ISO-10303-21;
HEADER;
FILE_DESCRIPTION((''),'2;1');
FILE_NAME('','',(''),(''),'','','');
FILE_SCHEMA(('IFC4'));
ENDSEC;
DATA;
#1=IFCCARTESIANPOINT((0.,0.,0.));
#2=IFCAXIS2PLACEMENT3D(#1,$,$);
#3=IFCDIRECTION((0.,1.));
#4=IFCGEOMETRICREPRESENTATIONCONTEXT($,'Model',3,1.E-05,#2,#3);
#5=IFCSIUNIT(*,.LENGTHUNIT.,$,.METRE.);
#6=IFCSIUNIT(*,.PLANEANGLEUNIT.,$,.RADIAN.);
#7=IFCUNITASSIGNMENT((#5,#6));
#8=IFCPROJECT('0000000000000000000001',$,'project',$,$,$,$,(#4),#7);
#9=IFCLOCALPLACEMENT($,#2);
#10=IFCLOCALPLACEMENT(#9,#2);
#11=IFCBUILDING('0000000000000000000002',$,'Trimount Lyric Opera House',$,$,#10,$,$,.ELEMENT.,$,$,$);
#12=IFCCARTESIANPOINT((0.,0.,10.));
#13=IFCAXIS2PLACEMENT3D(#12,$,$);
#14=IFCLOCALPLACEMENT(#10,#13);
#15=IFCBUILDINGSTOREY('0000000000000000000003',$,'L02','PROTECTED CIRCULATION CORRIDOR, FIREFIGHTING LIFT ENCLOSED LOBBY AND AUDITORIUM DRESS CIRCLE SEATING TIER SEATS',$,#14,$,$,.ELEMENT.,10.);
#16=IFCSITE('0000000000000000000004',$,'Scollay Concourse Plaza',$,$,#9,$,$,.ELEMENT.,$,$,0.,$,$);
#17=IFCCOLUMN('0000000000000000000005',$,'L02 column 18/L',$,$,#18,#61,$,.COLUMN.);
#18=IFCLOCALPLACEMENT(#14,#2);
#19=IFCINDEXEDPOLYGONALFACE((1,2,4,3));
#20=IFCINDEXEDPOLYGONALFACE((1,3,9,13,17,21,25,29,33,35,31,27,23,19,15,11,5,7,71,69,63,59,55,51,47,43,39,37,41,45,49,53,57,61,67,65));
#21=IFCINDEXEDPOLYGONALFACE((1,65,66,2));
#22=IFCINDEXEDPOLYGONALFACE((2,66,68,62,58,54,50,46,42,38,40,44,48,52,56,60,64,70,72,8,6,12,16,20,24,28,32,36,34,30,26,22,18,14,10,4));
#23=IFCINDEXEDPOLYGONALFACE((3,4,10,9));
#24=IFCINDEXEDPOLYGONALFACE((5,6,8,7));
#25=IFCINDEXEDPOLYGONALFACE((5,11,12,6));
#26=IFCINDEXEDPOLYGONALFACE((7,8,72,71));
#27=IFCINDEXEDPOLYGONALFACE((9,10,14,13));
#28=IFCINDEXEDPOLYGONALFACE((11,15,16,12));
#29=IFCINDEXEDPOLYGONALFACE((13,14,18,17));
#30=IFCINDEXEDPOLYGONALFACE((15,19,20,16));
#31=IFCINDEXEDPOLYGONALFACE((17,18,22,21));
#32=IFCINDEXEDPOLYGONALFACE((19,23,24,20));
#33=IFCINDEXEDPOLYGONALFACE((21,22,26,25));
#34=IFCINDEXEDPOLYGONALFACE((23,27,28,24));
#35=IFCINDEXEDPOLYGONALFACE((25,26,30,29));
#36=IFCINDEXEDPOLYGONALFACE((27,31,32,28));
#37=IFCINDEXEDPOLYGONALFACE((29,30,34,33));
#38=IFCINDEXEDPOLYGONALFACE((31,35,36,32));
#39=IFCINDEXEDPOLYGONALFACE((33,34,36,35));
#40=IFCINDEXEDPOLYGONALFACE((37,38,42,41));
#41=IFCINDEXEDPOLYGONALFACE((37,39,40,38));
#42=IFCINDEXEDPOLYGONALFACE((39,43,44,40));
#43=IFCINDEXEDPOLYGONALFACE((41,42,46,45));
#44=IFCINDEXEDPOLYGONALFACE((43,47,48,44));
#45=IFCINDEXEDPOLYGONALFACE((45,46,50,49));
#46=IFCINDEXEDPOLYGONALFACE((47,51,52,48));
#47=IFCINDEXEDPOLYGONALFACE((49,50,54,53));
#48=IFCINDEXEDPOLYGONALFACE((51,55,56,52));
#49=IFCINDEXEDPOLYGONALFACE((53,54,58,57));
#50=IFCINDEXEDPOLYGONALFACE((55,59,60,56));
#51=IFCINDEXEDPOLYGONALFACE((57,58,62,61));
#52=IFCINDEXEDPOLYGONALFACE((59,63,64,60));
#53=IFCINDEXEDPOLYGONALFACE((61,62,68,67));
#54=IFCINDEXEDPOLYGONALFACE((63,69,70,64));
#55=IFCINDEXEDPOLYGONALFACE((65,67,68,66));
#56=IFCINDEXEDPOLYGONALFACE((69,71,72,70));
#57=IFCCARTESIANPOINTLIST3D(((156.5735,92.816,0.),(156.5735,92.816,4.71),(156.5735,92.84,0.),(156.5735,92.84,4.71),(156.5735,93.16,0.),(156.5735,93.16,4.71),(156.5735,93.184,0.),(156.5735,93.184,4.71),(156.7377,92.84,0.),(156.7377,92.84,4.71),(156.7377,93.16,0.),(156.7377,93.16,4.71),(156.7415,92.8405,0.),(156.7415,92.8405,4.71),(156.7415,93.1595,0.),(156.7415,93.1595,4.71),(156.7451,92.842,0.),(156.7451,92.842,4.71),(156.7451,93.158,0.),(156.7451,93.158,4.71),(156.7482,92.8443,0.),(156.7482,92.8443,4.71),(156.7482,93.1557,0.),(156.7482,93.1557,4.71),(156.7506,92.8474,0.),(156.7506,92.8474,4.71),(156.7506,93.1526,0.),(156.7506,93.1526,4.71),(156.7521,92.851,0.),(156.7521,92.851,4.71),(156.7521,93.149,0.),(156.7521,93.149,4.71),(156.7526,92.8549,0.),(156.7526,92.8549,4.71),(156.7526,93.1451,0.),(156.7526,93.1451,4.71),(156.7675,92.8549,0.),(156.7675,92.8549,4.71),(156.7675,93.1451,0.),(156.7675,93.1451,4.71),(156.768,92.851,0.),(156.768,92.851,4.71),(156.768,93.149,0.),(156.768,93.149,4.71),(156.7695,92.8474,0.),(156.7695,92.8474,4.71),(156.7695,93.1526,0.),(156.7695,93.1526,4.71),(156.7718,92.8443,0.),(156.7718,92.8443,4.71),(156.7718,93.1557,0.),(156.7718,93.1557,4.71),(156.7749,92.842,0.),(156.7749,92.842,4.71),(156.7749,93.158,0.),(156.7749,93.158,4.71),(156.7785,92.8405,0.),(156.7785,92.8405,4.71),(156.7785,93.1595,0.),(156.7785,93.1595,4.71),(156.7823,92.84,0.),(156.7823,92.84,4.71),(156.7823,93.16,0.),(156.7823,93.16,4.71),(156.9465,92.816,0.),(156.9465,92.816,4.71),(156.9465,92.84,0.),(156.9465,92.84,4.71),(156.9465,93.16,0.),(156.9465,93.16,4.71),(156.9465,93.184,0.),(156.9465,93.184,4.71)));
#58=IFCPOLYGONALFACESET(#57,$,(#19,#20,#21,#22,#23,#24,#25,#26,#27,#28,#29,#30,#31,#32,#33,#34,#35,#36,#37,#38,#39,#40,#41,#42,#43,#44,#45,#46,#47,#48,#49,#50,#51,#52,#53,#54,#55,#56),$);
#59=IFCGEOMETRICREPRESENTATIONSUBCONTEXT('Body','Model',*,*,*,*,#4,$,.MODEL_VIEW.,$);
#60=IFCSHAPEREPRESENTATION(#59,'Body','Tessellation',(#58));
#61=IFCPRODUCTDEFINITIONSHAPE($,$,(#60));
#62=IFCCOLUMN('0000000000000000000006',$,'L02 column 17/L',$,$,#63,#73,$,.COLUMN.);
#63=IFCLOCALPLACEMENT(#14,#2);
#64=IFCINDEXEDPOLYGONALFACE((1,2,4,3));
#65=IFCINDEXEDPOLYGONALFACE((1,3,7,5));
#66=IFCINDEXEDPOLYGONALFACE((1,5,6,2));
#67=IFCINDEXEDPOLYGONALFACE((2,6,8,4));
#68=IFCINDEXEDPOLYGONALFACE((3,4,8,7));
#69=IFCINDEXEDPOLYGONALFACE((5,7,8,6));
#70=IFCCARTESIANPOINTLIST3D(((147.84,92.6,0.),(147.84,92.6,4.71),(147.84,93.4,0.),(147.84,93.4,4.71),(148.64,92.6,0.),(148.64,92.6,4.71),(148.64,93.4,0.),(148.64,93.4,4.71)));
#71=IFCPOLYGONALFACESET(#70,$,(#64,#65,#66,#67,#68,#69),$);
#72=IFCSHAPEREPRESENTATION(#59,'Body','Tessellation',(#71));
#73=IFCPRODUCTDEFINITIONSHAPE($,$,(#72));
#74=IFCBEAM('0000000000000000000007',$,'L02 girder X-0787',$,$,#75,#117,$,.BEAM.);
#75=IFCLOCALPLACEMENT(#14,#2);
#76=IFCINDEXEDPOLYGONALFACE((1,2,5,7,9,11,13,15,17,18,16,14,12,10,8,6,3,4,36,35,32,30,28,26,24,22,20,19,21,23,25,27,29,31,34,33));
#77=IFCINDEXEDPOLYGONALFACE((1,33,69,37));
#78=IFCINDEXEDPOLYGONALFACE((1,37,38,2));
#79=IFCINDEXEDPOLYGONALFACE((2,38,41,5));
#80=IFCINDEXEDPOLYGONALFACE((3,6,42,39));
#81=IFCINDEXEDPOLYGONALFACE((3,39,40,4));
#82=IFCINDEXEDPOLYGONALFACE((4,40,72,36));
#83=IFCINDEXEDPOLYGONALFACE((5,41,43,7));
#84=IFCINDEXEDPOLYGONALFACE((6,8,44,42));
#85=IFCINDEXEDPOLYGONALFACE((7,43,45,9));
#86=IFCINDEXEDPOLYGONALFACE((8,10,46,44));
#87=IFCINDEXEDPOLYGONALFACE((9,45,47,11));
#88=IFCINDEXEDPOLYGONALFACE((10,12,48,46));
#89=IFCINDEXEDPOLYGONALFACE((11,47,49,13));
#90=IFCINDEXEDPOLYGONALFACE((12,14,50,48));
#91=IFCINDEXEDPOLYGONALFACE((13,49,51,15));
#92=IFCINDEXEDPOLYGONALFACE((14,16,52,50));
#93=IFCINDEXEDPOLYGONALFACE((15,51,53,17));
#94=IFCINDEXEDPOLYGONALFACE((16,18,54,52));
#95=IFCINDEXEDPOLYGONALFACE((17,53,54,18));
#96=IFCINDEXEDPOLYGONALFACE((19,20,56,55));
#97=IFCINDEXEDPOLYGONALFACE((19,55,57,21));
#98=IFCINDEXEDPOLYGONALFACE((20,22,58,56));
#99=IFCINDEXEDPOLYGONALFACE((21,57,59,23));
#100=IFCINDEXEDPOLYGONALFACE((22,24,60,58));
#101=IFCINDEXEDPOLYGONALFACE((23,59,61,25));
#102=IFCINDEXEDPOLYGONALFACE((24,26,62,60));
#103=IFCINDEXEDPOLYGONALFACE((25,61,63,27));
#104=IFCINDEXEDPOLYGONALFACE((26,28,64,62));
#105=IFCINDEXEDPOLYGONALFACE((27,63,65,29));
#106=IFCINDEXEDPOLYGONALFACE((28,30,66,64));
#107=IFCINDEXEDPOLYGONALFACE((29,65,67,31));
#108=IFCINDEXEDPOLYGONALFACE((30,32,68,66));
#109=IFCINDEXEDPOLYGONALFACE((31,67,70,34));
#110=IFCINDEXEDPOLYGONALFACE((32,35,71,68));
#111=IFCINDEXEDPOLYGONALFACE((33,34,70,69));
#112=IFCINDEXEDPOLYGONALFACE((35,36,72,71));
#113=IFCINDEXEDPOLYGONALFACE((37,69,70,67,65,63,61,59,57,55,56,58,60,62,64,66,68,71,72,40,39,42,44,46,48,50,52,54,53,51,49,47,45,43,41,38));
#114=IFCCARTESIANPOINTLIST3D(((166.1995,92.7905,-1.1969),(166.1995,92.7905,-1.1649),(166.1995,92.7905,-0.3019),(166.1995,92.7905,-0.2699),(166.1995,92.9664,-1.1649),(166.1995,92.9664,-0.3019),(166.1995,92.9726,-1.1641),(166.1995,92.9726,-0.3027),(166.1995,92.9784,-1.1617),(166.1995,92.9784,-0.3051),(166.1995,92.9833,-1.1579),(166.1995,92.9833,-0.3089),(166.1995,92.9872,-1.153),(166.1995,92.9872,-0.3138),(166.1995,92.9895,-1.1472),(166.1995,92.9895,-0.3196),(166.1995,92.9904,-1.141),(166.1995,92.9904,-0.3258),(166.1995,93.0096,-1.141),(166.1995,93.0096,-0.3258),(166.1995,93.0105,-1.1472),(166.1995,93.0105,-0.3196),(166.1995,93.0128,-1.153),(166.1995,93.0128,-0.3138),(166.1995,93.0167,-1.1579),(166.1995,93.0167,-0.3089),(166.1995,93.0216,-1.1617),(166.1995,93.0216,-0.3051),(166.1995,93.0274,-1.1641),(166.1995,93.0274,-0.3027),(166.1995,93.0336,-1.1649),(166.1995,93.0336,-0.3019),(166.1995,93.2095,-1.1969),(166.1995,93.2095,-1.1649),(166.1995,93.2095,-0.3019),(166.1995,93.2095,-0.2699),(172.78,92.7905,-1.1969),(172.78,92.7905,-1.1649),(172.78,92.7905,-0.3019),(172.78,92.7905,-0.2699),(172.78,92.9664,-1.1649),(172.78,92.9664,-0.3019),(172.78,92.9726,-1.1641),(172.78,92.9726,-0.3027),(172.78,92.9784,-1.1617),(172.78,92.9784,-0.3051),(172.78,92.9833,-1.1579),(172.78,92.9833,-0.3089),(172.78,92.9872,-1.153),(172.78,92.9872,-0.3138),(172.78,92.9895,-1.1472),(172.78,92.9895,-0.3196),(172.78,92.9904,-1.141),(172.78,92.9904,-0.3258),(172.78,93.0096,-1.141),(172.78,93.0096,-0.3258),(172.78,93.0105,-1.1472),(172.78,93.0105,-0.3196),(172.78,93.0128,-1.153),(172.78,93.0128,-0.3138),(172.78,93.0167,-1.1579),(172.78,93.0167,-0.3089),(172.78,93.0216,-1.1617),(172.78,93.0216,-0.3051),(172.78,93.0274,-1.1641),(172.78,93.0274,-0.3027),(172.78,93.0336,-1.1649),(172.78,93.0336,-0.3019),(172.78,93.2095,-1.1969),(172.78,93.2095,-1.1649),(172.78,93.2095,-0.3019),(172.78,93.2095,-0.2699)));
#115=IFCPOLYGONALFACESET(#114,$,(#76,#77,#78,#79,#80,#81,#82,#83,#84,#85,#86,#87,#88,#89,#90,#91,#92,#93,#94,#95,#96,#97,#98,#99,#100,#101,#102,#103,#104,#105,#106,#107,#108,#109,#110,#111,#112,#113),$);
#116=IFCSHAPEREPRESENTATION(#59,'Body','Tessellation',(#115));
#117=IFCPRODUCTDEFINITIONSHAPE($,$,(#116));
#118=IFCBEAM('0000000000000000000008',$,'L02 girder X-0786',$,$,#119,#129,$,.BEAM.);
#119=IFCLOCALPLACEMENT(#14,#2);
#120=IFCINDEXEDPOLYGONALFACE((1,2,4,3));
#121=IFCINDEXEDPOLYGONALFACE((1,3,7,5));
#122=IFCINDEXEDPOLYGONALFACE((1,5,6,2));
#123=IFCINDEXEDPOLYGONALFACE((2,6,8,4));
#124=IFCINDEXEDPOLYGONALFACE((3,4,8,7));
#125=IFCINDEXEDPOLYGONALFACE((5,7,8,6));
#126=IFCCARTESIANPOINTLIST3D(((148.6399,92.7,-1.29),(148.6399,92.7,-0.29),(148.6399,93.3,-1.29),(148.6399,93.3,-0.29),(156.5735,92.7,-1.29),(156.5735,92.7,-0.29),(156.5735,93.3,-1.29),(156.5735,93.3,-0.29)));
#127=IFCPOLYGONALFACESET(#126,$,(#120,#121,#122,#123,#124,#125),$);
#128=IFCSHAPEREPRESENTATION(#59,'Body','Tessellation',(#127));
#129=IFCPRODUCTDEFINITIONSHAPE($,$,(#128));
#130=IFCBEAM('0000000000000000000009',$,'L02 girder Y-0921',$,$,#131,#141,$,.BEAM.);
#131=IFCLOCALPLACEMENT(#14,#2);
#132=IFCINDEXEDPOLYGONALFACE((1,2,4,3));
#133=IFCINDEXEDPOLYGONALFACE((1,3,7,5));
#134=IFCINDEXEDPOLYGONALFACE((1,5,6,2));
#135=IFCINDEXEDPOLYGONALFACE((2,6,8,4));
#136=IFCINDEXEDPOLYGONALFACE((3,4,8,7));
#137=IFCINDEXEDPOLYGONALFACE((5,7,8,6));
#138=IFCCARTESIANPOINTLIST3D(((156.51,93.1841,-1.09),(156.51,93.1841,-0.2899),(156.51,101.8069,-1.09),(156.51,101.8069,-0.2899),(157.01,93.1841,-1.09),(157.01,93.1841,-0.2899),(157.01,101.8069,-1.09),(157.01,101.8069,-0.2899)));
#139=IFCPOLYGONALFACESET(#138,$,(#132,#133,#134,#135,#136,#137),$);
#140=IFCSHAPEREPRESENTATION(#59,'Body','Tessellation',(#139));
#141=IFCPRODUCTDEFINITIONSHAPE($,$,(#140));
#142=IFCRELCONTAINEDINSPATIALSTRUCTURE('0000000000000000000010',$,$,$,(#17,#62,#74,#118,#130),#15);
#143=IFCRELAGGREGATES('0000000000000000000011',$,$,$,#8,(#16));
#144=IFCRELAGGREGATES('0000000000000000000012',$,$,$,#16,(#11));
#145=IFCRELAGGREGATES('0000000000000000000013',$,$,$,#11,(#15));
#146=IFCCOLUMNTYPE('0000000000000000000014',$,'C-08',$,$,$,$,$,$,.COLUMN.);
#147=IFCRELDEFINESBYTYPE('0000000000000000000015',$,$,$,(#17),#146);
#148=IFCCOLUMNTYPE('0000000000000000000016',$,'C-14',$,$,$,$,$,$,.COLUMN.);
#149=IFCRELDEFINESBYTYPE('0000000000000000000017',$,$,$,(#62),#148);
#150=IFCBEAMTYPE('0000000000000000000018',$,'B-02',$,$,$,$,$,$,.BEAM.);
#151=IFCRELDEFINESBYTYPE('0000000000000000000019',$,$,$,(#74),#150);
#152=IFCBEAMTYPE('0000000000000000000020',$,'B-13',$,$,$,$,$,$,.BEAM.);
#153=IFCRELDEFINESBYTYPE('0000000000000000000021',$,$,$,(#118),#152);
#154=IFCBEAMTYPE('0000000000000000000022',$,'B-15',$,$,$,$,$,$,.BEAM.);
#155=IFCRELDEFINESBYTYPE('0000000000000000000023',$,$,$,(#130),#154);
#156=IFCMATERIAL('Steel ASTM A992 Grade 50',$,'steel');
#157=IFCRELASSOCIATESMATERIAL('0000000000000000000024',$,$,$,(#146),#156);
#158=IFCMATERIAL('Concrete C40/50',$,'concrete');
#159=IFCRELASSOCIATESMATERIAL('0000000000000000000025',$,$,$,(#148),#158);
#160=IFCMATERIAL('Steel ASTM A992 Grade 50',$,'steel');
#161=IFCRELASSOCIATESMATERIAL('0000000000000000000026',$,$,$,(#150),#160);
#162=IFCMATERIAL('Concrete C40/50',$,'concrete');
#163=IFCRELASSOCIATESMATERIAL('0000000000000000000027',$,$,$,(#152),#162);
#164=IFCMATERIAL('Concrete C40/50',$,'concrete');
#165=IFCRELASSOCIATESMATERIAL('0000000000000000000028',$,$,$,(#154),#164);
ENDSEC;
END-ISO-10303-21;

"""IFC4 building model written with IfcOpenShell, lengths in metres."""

from ifc_helpers import new_model, si_unit, direction, frame, origin, origin_2d, place, context, subcontext, project, spatial, rectangle, i_section, extrude, material, material_profile, profile_set, type_object, element, save


model = new_model("IFC4")

# Units and contexts
model_context = context("Model", 3, precision=1e-05, world=origin(), true_north=direction((0.0, 1.0)))
body_context = subcontext(model_context, "Body", "Model", "MODEL_VIEW")
ifc_project = project(units=[si_unit("LENGTHUNIT", "METRE"), si_unit("PLANEANGLEUNIT", "RADIAN")], contexts=[model_context])

# Site, building, storey
site_placement = place(None, origin())
site = spatial("IfcSite", under=ifc_project, at=site_placement, Name="Scollay Concourse Plaza", CompositionType="ELEMENT", RefElevation=0.0)
building_placement = place(site_placement, origin())
building = spatial("IfcBuilding", under=site, at=building_placement, Name="Trimount Lyric Opera House", CompositionType="ELEMENT")
storey_placement = place(building_placement, frame((0.0, 0.0, 10.0)))
storey = spatial("IfcBuildingStorey", under=building, at=storey_placement, Name="L02", Description="PROTECTED CIRCULATION CORRIDOR, FIREFIGHTING LIFT ENCLOSED LOBBY AND AUDITORIUM DRESS CIRCLE SEATING TIER SEATS", CompositionType="ELEMENT", Elevation=10.0)

# Columns
ifc_material_1 = material(Name="Steel ASTM A992 Grade 50", Category="steel")
ifc_material_profile_1 = material_profile(ifc_material_1, i_section(OverallWidth=0.373, OverallDepth=0.3679, WebThickness=0.0149, FlangeThickness=0.0239, FilletRadius=0.0149, at=origin_2d()), Name="W14X120")
ifc_profile_set_1 = profile_set([ifc_material_profile_1], Name="Steel ASTM A992 Grade 50")
column_type_1 = type_object("IfcColumnType", Name="C-08", PredefinedType="COLUMN", material=ifc_profile_set_1)
column_1_placement = place(storey_placement, frame((156.76, 93.0, 0.0), z_axis=(0.0, 0.0, 1.0), x_axis=(1.0, 0.0, 0.0)))
element("IfcColumn", 1, at=column_1_placement, inside=storey, type_object=column_type_1, Name="L02 column 18/L", PredefinedType="COLUMN", context=body_context, shape_type="SweptSolid", body=[
    extrude(i_section(OverallWidth=0.373, OverallDepth=0.3679, WebThickness=0.0149, FlangeThickness=0.0239, FilletRadius=0.0149, at=origin_2d()), origin(), (0.0, 0.0, 1.0), 4.71),
])
ifc_material_2 = material(Name="Concrete C40/50", Category="concrete")
ifc_material_profile_2 = material_profile(ifc_material_2, rectangle(XDim=0.8, YDim=0.8, at=origin_2d()), Name="RC800X800")
ifc_profile_set_2 = profile_set([ifc_material_profile_2], Name="Concrete C40/50")
column_type_2 = type_object("IfcColumnType", Name="C-14", PredefinedType="COLUMN", material=ifc_profile_set_2)
column_2_placement = place(storey_placement, frame((148.24, 93.0, 0.0), z_axis=(0.0, 0.0, 1.0), x_axis=(1.0, 0.0, 0.0)))
element("IfcColumn", 2, at=column_2_placement, inside=storey, type_object=column_type_2, Name="L02 column 17/L", PredefinedType="COLUMN", context=body_context, shape_type="SweptSolid", body=[
    extrude(rectangle(XDim=0.8, YDim=0.8, at=origin_2d()), origin(), (0.0, 0.0, 1.0), 4.71),
])

# Beams
ifc_material_3 = material(Name="Steel ASTM A992 Grade 50", Category="steel")
ifc_material_profile_3 = material_profile(ifc_material_3, i_section(OverallWidth=0.4189, OverallDepth=0.927, WebThickness=0.0193, FlangeThickness=0.032, FilletRadius=0.0239, at=origin_2d()), Name="W36X231")
ifc_profile_set_3 = profile_set([ifc_material_profile_3], Name="Steel ASTM A992 Grade 50")
beam_type_1 = type_object("IfcBeamType", Name="B-02", PredefinedType="BEAM", material=ifc_profile_set_3)
beam_1_placement = place(storey_placement, frame((166.1995, 93.0, -0.7334), z_axis=(1.0, 0.0, 0.0), x_axis=(0.0, 1.0, 0.0)))
element("IfcBeam", 3, at=beam_1_placement, inside=storey, type_object=beam_type_1, Name="L02 girder X-0787", PredefinedType="BEAM", context=body_context, shape_type="SweptSolid", body=[
    extrude(i_section(OverallWidth=0.4189, OverallDepth=0.927, WebThickness=0.0193, FlangeThickness=0.032, FilletRadius=0.0239, at=origin_2d()), origin(), (0.0, 0.0, 1.0), 6.5806),
])
ifc_material_4 = material(Name="Concrete C40/50", Category="concrete")
ifc_material_profile_4 = material_profile(ifc_material_4, rectangle(XDim=0.6001, YDim=1.0, at=origin_2d()), Name="RC600X1000")
ifc_profile_set_4 = profile_set([ifc_material_profile_4], Name="Concrete C40/50")
beam_type_2 = type_object("IfcBeamType", Name="B-13", PredefinedType="BEAM", material=ifc_profile_set_4)
beam_2_placement = place(storey_placement, frame((148.6399, 93.0, -0.79), z_axis=(1.0, 0.0, 0.0), x_axis=(0.0, 1.0, 0.0)))
element("IfcBeam", 4, at=beam_2_placement, inside=storey, type_object=beam_type_2, Name="L02 girder X-0786", PredefinedType="BEAM", context=body_context, shape_type="SweptSolid", body=[
    extrude(rectangle(XDim=0.6001, YDim=1.0, at=origin_2d()), origin(), (0.0, 0.0, 1.0), 7.9336),
])
ifc_material_5 = material(Name="Concrete C40/50", Category="concrete")
ifc_material_profile_5 = material_profile(ifc_material_5, rectangle(XDim=0.5, YDim=0.8, at=origin_2d()), Name="RC500X800")
ifc_profile_set_5 = profile_set([ifc_material_profile_5], Name="Concrete C40/50")
beam_type_3 = type_object("IfcBeamType", Name="B-15", PredefinedType="BEAM", material=ifc_profile_set_5)
beam_3_placement = place(storey_placement, frame((156.76, 93.1841, -0.6899), z_axis=(0.0, 1.0, 0.0), x_axis=(-1.0, 0.0, 0.0)))
element("IfcBeam", 5, at=beam_3_placement, inside=storey, type_object=beam_type_3, Name="L02 girder Y-0921", PredefinedType="BEAM", context=body_context, shape_type="SweptSolid", body=[
    extrude(rectangle(XDim=0.5, YDim=0.8, at=origin_2d()), origin(), (0.0, 0.0, 1.0), 8.6228),
])

save(model, "model.ifc")
